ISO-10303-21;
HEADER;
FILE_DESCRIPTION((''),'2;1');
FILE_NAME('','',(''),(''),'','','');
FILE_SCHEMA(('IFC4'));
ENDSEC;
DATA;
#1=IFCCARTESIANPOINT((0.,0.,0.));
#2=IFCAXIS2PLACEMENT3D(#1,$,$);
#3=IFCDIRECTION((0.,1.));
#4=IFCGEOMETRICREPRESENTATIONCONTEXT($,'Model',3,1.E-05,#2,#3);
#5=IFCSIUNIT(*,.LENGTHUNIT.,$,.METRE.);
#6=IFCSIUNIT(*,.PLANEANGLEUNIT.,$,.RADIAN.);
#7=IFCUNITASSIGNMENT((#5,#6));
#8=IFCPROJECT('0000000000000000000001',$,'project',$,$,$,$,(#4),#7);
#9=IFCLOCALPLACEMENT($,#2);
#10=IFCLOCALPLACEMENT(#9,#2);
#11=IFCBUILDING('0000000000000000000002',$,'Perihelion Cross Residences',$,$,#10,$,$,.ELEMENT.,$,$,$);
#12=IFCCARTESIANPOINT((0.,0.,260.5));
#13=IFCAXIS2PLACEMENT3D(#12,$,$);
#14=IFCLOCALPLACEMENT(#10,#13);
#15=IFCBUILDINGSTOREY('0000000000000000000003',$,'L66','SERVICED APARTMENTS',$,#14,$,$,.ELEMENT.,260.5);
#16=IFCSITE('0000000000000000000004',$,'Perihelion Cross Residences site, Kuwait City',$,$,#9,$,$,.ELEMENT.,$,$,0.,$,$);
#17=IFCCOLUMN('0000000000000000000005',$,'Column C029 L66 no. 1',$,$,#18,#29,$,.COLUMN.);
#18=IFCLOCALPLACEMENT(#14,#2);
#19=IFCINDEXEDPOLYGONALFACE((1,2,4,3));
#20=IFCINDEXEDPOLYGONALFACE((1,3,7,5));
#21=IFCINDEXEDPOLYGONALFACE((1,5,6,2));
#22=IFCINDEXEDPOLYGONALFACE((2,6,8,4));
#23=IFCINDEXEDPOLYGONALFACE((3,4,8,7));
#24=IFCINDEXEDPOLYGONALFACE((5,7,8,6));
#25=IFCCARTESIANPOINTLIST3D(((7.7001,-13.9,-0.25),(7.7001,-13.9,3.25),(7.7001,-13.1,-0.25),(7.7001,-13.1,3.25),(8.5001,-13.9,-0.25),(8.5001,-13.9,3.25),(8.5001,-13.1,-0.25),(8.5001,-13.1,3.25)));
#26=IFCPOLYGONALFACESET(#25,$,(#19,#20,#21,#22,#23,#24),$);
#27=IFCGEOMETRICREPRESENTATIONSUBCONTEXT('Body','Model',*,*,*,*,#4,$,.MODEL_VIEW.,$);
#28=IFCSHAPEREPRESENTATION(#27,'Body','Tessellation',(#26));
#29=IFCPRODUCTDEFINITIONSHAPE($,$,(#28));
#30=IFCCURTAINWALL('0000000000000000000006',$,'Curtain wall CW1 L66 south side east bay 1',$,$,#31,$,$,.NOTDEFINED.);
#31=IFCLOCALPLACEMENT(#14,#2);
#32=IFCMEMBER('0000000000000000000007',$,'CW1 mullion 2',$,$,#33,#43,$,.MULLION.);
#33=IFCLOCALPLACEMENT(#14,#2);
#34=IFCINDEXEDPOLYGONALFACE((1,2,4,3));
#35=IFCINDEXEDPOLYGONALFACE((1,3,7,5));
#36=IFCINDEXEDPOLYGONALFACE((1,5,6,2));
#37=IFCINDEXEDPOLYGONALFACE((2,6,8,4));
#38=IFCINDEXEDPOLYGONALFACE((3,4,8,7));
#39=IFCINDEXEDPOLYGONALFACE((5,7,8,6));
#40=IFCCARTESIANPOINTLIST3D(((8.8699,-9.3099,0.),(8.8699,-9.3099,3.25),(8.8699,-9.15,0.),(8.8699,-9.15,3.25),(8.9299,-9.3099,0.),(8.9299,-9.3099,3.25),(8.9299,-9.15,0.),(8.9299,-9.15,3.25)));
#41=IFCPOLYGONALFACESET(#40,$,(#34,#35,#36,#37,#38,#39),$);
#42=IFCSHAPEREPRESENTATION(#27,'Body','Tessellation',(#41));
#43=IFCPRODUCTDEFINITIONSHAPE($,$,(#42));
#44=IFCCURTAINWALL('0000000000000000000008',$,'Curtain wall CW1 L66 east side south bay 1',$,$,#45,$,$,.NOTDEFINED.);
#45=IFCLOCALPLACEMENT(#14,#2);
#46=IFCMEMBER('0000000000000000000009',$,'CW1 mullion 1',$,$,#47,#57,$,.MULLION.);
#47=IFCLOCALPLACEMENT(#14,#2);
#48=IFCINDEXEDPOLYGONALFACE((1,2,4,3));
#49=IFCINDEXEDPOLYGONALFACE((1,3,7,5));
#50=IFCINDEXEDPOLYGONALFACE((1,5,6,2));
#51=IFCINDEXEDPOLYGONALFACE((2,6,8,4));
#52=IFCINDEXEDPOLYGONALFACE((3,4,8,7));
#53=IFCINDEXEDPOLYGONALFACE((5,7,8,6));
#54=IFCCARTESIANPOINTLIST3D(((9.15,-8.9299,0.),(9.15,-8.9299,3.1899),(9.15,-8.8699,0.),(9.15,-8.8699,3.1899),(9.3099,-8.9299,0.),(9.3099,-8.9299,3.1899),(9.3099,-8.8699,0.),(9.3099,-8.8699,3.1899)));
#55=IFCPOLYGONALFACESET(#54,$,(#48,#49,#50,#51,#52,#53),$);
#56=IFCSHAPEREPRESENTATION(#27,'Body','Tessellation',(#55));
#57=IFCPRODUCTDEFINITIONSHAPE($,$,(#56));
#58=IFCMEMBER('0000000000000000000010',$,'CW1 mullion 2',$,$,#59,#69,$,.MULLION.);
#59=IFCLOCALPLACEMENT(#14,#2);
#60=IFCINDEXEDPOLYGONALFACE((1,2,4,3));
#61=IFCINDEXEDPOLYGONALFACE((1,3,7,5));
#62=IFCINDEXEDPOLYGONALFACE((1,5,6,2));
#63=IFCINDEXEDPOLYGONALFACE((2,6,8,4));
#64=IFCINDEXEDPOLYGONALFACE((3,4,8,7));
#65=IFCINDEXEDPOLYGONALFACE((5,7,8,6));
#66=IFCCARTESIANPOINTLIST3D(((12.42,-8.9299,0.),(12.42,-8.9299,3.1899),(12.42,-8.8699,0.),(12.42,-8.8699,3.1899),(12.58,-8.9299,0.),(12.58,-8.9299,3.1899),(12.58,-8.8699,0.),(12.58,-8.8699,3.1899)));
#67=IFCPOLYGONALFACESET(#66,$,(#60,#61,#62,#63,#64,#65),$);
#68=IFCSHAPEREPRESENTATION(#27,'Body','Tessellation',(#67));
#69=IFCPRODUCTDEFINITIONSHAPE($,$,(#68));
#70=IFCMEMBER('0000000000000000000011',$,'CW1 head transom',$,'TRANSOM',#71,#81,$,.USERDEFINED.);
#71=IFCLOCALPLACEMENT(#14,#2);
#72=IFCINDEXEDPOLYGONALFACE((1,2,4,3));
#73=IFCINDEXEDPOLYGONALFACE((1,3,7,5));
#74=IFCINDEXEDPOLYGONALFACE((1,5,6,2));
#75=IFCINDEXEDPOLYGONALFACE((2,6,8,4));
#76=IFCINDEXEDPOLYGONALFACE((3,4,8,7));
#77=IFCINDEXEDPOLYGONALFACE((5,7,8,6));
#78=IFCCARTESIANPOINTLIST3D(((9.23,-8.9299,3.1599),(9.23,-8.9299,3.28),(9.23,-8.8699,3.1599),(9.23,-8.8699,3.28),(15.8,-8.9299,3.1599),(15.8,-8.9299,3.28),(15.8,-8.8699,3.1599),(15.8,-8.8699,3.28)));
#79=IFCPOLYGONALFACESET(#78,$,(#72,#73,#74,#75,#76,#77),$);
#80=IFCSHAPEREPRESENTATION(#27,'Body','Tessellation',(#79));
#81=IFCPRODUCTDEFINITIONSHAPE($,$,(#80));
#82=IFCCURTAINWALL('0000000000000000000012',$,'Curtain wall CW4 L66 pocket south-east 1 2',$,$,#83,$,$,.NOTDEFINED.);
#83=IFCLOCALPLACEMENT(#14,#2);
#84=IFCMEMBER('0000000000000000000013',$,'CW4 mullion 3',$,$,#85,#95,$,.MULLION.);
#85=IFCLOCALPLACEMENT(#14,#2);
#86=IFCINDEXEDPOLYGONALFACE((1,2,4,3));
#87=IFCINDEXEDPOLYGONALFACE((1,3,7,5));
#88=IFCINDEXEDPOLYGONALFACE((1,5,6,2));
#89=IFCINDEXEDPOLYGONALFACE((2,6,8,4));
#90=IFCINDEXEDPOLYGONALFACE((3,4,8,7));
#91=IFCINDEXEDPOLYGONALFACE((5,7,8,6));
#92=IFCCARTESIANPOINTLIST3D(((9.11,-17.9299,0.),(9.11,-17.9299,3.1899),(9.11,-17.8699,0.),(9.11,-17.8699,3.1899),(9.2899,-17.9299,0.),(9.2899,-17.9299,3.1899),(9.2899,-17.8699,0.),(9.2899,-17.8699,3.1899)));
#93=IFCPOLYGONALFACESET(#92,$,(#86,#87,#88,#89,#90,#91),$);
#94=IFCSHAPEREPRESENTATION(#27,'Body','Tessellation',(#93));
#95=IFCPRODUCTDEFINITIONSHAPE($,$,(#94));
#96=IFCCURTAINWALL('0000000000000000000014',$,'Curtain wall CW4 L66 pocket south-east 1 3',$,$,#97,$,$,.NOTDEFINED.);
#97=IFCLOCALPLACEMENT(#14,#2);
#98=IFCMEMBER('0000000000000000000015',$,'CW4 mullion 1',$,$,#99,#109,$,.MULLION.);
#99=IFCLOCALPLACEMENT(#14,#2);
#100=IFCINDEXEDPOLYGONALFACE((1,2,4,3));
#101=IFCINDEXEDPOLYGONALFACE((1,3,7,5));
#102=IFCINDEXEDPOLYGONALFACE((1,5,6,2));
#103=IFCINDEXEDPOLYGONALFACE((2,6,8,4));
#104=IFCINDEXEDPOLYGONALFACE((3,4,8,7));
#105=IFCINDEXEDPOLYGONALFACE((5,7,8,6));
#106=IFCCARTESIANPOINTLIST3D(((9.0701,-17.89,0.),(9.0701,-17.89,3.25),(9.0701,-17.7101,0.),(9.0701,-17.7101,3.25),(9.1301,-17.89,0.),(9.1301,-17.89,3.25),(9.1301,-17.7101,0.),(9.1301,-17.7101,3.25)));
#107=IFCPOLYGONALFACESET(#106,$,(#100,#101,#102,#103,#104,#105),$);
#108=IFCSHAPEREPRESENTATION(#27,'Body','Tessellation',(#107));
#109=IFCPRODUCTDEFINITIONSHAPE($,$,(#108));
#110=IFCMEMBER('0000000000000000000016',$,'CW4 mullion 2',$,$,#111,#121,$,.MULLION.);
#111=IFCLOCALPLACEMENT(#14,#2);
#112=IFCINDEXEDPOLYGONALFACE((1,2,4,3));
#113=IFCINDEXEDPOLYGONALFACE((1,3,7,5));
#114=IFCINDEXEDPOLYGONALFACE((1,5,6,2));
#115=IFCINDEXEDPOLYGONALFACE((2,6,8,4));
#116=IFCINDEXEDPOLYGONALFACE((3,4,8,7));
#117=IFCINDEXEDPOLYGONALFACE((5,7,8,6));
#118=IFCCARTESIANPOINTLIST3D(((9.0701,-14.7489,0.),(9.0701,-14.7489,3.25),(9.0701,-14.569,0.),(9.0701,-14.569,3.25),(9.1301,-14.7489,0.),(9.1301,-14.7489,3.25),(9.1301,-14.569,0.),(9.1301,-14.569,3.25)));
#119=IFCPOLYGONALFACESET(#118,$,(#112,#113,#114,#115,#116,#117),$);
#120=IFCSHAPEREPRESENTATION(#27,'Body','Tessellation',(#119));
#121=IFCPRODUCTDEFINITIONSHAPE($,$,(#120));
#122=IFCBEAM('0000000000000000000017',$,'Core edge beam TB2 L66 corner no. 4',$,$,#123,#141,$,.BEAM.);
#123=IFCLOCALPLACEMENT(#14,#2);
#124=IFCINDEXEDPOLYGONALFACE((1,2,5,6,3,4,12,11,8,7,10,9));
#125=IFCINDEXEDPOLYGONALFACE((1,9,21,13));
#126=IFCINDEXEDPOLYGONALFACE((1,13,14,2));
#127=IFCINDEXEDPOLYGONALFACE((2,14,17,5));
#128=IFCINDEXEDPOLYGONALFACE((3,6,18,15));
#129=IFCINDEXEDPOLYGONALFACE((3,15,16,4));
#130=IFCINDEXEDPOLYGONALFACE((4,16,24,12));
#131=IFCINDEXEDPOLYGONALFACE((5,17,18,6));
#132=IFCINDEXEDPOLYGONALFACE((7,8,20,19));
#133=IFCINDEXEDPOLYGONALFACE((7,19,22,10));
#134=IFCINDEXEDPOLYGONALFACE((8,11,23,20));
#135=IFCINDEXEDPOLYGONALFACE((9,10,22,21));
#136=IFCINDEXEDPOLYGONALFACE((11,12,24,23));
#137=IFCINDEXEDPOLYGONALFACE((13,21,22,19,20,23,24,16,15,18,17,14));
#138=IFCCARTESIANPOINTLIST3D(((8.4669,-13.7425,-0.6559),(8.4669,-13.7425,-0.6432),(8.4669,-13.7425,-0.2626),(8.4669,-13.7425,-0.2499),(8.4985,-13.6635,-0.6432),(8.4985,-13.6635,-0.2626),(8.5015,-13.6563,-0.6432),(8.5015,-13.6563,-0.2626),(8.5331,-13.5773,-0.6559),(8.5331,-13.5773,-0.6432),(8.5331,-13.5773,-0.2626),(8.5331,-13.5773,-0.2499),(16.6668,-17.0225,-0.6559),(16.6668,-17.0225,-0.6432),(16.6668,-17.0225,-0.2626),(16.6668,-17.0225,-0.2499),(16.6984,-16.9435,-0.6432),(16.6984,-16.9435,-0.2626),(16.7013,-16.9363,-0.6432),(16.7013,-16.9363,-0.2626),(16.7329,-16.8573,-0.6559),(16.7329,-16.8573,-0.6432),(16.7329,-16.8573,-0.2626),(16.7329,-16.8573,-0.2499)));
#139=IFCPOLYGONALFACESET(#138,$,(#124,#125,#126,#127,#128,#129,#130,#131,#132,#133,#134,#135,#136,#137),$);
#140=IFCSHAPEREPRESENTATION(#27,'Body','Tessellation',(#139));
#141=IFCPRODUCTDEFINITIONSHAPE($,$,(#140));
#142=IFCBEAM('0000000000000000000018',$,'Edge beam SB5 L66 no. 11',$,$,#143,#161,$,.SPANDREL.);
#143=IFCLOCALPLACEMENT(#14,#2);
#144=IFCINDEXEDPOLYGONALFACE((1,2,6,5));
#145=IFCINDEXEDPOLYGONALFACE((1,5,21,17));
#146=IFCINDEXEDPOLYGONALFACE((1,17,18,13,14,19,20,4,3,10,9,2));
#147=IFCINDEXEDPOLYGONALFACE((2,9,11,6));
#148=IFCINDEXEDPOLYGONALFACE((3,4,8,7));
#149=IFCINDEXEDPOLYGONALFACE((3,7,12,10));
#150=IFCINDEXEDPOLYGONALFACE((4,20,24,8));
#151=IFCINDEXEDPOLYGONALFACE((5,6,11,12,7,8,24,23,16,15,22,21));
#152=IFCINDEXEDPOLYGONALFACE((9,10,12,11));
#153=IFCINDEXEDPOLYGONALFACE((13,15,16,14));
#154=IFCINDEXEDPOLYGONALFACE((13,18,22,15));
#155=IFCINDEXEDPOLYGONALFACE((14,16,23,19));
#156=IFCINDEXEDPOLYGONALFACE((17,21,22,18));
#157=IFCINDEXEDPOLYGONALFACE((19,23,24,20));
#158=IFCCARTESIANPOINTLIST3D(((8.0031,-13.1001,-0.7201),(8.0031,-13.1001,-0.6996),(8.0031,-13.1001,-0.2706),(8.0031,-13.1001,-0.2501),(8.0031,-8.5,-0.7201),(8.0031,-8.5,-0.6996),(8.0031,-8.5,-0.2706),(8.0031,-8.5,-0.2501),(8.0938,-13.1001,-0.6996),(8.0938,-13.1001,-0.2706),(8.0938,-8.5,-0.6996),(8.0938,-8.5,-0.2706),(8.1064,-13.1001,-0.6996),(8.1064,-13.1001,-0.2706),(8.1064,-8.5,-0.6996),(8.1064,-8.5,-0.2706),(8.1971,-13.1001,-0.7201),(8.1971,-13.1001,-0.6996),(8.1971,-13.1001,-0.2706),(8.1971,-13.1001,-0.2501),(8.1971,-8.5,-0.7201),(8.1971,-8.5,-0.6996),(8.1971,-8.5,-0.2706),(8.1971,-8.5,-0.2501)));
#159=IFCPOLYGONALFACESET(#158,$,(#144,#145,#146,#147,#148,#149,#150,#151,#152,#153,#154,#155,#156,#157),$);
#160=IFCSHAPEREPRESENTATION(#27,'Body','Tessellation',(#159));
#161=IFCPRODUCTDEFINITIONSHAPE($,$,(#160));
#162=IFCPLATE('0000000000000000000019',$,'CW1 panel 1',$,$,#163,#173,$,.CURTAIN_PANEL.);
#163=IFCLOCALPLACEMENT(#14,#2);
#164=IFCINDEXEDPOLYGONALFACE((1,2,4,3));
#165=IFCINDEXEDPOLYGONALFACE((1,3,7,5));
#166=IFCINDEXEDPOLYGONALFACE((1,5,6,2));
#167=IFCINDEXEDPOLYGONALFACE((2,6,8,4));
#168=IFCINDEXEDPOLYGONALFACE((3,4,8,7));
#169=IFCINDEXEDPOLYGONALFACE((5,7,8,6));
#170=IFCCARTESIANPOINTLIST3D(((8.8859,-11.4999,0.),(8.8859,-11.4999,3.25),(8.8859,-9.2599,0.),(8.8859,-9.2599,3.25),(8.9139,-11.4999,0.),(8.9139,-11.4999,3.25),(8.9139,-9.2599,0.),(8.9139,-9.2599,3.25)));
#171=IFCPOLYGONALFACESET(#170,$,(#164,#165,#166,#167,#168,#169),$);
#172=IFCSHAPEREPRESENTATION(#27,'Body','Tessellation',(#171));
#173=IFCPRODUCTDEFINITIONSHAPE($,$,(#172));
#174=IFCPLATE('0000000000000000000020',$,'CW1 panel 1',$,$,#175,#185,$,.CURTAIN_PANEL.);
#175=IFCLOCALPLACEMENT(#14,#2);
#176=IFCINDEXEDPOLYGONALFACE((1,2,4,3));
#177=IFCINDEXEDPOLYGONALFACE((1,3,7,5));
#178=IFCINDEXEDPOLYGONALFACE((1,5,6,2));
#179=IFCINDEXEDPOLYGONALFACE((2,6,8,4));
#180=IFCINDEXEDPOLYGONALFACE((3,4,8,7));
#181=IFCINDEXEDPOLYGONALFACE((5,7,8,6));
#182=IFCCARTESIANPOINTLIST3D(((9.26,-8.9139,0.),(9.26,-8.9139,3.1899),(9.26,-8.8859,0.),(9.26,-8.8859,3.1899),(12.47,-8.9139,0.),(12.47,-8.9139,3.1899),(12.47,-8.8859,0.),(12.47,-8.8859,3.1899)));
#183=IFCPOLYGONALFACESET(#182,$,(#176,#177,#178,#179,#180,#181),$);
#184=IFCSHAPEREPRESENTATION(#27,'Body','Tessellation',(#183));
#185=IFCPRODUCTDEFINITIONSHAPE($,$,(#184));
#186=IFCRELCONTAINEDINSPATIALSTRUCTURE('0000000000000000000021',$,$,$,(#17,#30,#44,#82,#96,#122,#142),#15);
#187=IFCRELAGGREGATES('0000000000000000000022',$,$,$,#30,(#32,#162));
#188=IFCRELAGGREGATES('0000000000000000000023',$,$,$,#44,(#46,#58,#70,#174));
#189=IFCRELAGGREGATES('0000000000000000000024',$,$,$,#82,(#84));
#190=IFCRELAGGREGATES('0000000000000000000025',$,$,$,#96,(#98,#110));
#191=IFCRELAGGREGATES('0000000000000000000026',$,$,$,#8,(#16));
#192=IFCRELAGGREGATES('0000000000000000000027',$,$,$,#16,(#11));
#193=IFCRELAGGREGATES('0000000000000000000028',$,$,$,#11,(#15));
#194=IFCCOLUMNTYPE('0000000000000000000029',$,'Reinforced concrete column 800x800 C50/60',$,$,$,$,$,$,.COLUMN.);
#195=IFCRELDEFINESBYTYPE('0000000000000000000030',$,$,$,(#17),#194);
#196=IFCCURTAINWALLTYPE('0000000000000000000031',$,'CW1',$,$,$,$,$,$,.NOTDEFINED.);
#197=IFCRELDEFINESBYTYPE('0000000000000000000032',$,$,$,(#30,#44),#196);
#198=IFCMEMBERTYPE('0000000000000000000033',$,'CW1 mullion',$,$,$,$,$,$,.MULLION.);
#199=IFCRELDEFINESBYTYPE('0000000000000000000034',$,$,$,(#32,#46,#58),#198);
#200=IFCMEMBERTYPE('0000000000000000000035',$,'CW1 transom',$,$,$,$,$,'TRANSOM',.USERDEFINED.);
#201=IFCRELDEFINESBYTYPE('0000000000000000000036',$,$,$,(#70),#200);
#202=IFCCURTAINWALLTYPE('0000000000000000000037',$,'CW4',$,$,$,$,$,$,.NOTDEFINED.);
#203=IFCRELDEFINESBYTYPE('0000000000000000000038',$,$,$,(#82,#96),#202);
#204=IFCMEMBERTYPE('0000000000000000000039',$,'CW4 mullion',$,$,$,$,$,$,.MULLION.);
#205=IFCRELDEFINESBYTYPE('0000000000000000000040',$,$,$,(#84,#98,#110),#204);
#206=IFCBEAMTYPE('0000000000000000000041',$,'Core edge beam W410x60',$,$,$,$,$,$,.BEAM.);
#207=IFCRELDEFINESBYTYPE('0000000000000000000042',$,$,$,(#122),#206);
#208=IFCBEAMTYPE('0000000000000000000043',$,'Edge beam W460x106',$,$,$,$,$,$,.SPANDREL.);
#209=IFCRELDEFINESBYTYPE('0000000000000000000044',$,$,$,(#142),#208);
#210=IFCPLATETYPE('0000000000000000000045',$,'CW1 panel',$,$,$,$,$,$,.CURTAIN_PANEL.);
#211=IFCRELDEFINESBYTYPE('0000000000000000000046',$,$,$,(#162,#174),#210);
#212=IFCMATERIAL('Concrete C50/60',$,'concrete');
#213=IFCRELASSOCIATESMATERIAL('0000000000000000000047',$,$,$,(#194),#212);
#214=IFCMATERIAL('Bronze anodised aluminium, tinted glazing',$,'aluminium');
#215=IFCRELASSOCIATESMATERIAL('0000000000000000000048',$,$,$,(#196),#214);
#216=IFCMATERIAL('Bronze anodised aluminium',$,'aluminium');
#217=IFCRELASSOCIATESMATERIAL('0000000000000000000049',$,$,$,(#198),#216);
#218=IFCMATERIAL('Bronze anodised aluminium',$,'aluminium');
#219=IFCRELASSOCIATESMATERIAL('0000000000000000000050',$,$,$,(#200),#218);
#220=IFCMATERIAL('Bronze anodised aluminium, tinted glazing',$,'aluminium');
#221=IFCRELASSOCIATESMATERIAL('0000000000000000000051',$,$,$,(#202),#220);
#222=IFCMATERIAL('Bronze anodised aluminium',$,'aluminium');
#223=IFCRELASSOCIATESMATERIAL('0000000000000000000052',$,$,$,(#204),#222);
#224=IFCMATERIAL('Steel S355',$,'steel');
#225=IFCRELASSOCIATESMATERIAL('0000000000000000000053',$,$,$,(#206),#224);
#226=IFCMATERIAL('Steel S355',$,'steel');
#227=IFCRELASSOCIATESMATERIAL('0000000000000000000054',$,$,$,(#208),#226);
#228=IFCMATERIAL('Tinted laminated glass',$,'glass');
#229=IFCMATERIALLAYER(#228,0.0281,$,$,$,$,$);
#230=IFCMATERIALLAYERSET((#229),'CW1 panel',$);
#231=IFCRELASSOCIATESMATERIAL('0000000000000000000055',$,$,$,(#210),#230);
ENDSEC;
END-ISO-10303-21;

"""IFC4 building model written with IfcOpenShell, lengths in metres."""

from ifc_helpers import new_model, si_unit, direction, frame, origin, origin_2d, place, context, subcontext, project, spatial, rectangle, i_section, extrude, material, layer, layer_set, material_profile, profile_set, type_object, element, aggregate, save


model = new_model("IFC4")

# Units and contexts
model_context = context("Model", 3, precision=1e-05, world=origin(), true_north=direction((0.0, 1.0)))
body_context = subcontext(model_context, "Body", "Model", "MODEL_VIEW")
ifc_project = project(units=[si_unit("LENGTHUNIT", "METRE"), si_unit("PLANEANGLEUNIT", "RADIAN")], contexts=[model_context])

# Site, building, storey
site_placement = place(None, origin())
site = spatial("IfcSite", under=ifc_project, at=site_placement, Name="Perihelion Cross Residences site, Kuwait City", CompositionType="ELEMENT", RefElevation=0.0)
building_placement = place(site_placement, origin())
building = spatial("IfcBuilding", under=site, at=building_placement, Name="Perihelion Cross Residences", CompositionType="ELEMENT")
storey_placement = place(building_placement, frame((0.0, 0.0, 260.5)))
storey = spatial("IfcBuildingStorey", under=building, at=storey_placement, Name="L66", Description="SERVICED APARTMENTS", CompositionType="ELEMENT", Elevation=260.5)

# Column
ifc_material_1 = material(Name="Concrete C50/60", Category="concrete")
ifc_material_profile_1 = material_profile(ifc_material_1, rectangle(XDim=0.8, YDim=0.8, at=origin_2d()), Name="RC 800x800")
ifc_profile_set_1 = profile_set([ifc_material_profile_1], Name="Concrete C50/60")
column_type = type_object("IfcColumnType", Name="Reinforced concrete column 800x800 C50/60", PredefinedType="COLUMN", material=ifc_profile_set_1)
column_placement = place(storey_placement, frame((8.1001, -13.5, -0.25), z_axis=(0.0, 0.0, 1.0), x_axis=(1.0, 0.0, 0.0)))
element("IfcColumn", 1, at=column_placement, inside=storey, type_object=column_type, Name="Column C029 L66 no. 1", PredefinedType="COLUMN", context=body_context, shape_type="SweptSolid", body=[
    extrude(rectangle(XDim=0.8, YDim=0.8, at=origin_2d()), origin(), (0.0, 0.0, 1.0), 3.5),
])

# Curtain wall, member
ifc_material_2 = material(Name="Bronze anodised aluminium, tinted glazing", Category="aluminium")
curtain_wall_type_1 = type_object("IfcCurtainWallType", Name="CW1", PredefinedType="NOTDEFINED", material=ifc_material_2)
curtain_wall_1_placement = place(storey_placement, origin())
curtain_wall_1 = element("IfcCurtainWall", 2, at=curtain_wall_1_placement, inside=storey, type_object=curtain_wall_type_1, Name="Curtain wall CW1 L66 south side east bay 1", PredefinedType="NOTDEFINED")
ifc_material_3 = material(Name="Bronze anodised aluminium", Category="aluminium")
ifc_material_profile_2 = material_profile(ifc_material_3, rectangle(XDim=0.0601, YDim=0.1599, at=origin_2d()), Name="CW1 mullion")
ifc_profile_set_2 = profile_set([ifc_material_profile_2], Name="Bronze anodised aluminium")
member_type_1 = type_object("IfcMemberType", Name="CW1 mullion", PredefinedType="MULLION", material=ifc_profile_set_2)
member_1_placement = place(storey_placement, frame((8.8999, -9.23, 0.0), z_axis=(0.0, 0.0, 1.0), x_axis=(-1.0, 0.0, 0.0)))
member_1 = element("IfcMember", 3, at=member_1_placement, type_object=member_type_1, Name="CW1 mullion 2", PredefinedType="MULLION", context=body_context, shape_type="SweptSolid", body=[
    extrude(rectangle(XDim=0.0601, YDim=0.1599, at=origin_2d()), origin(), (0.0, 0.0, 1.0), 3.25),
])

# Curtain wall, members
curtain_wall_2_placement = place(storey_placement, origin())
curtain_wall_2 = element("IfcCurtainWall", 4, at=curtain_wall_2_placement, inside=storey, type_object=curtain_wall_type_1, Name="Curtain wall CW1 L66 east side south bay 1", PredefinedType="NOTDEFINED")
member_2_placement = place(storey_placement, frame((9.23, -8.8999, 0.0), z_axis=(0.0, 0.0, 1.0), x_axis=(0.0, 1.0, 0.0)))
member_2 = element("IfcMember", 5, at=member_2_placement, type_object=member_type_1, Name="CW1 mullion 1", PredefinedType="MULLION", context=body_context, shape_type="SweptSolid", body=[
    extrude(rectangle(XDim=0.0601, YDim=0.1599, at=origin_2d()), origin(), (0.0, 0.0, 1.0), 3.1899),
])
member_3_placement = place(storey_placement, frame((12.5, -8.8999, 0.0), z_axis=(0.0, 0.0, 1.0), x_axis=(0.0, 1.0, 0.0)))
member_3 = element("IfcMember", 6, at=member_3_placement, type_object=member_type_1, Name="CW1 mullion 2", PredefinedType="MULLION", context=body_context, shape_type="SweptSolid", body=[
    extrude(rectangle(XDim=0.0601, YDim=0.1599, at=origin_2d()), origin(), (0.0, 0.0, 1.0), 3.1899),
])
ifc_material_4 = material(Name="Bronze anodised aluminium", Category="aluminium")
ifc_material_profile_3 = material_profile(ifc_material_4, rectangle(XDim=0.0601, YDim=0.1201, at=origin_2d()), Name="CW1 transom")
ifc_profile_set_3 = profile_set([ifc_material_profile_3], Name="Bronze anodised aluminium")
member_type_2 = type_object("IfcMemberType", Name="CW1 transom", ElementType="TRANSOM", PredefinedType="USERDEFINED", material=ifc_profile_set_3)
member_4_placement = place(storey_placement, frame((9.23, -8.8999, 3.22), z_axis=(1.0, 0.0, 0.0), x_axis=(0.0, 1.0, 0.0)))
member_4 = element("IfcMember", 7, at=member_4_placement, type_object=member_type_2, Name="CW1 head transom", ObjectType="TRANSOM", PredefinedType="USERDEFINED", context=body_context, shape_type="SweptSolid", body=[
    extrude(rectangle(XDim=0.0601, YDim=0.1201, at=origin_2d()), origin(), (0.0, 0.0, 1.0), 6.5701),
])

# Curtain wall, member
ifc_material_5 = material(Name="Bronze anodised aluminium, tinted glazing", Category="aluminium")
curtain_wall_type_2 = type_object("IfcCurtainWallType", Name="CW4", PredefinedType="NOTDEFINED", material=ifc_material_5)
curtain_wall_3_placement = place(storey_placement, origin())
curtain_wall_3 = element("IfcCurtainWall", 8, at=curtain_wall_3_placement, inside=storey, type_object=curtain_wall_type_2, Name="Curtain wall CW4 L66 pocket south-east 1 2", PredefinedType="NOTDEFINED")
ifc_material_6 = material(Name="Bronze anodised aluminium", Category="aluminium")
ifc_material_profile_4 = material_profile(ifc_material_6, rectangle(XDim=0.0601, YDim=0.1799, at=origin_2d()), Name="CW4 mullion")
ifc_profile_set_4 = profile_set([ifc_material_profile_4], Name="Bronze anodised aluminium")
member_type_3 = type_object("IfcMemberType", Name="CW4 mullion", PredefinedType="MULLION", material=ifc_profile_set_4)
member_5_placement = place(storey_placement, frame((9.2, -17.8999, 0.0), z_axis=(0.0, 0.0, 1.0), x_axis=(0.0, -1.0, 0.0)))
member_5 = element("IfcMember", 9, at=member_5_placement, type_object=member_type_3, Name="CW4 mullion 3", PredefinedType="MULLION", context=body_context, shape_type="SweptSolid", body=[
    extrude(rectangle(XDim=0.0601, YDim=0.1799, at=origin_2d()), origin(), (0.0, 0.0, 1.0), 3.1899),
])

# Curtain wall, members
curtain_wall_4_placement = place(storey_placement, origin())
curtain_wall_4 = element("IfcCurtainWall", 10, at=curtain_wall_4_placement, inside=storey, type_object=curtain_wall_type_2, Name="Curtain wall CW4 L66 pocket south-east 1 3", PredefinedType="NOTDEFINED")
member_6_placement = place(storey_placement, frame((9.1001, -17.8, 0.0), z_axis=(0.0, 0.0, 1.0), x_axis=(-1.0, 0.0, 0.0)))
member_6 = element("IfcMember", 11, at=member_6_placement, type_object=member_type_3, Name="CW4 mullion 1", PredefinedType="MULLION", context=body_context, shape_type="SweptSolid", body=[
    extrude(rectangle(XDim=0.0601, YDim=0.1799, at=origin_2d()), origin(), (0.0, 0.0, 1.0), 3.25),
])
member_7_placement = place(storey_placement, frame((9.1001, -14.6589, 0.0), z_axis=(0.0, 0.0, 1.0), x_axis=(-1.0, 0.0, 0.0)))
member_7 = element("IfcMember", 12, at=member_7_placement, type_object=member_type_3, Name="CW4 mullion 2", PredefinedType="MULLION", context=body_context, shape_type="SweptSolid", body=[
    extrude(rectangle(XDim=0.0601, YDim=0.1799, at=origin_2d()), origin(), (0.0, 0.0, 1.0), 3.25),
])

# Beams
ifc_material_7 = material(Name="Steel S355", Category="steel")
ifc_material_profile_5 = material_profile(ifc_material_7, i_section(OverallWidth=0.178, OverallDepth=0.406, WebThickness=0.0078, FlangeThickness=0.0127, at=origin_2d()), Name="W410x60")
ifc_profile_set_5 = profile_set([ifc_material_profile_5], Name="Steel S355")
beam_type_1 = type_object("IfcBeamType", Name="Core edge beam W410x60", PredefinedType="BEAM", material=ifc_profile_set_5)
beam_1_placement = place(storey_placement, frame((8.5, -13.6599, -0.4529), z_axis=(0.928475, -0.371395, 0.0), x_axis=(0.371395, 0.928475, 0.0)))
element("IfcBeam", 13, at=beam_1_placement, inside=storey, type_object=beam_type_1, Name="Core edge beam TB2 L66 corner no. 4", PredefinedType="BEAM", context=body_context, shape_type="SweptSolid", body=[
    extrude(i_section(OverallWidth=0.178, OverallDepth=0.406, WebThickness=0.0078, FlangeThickness=0.0127, at=origin_2d()), origin(), (0.0, 0.0, 1.0), 8.8315),
])
ifc_material_8 = material(Name="Steel S355", Category="steel")
ifc_material_profile_6 = material_profile(ifc_material_8, i_section(OverallWidth=0.1941, OverallDepth=0.47, WebThickness=0.0127, FlangeThickness=0.0205, at=origin_2d()), Name="W460x106")
ifc_profile_set_6 = profile_set([ifc_material_profile_6], Name="Steel S355")
beam_type_2 = type_object("IfcBeamType", Name="Edge beam W460x106", PredefinedType="SPANDREL", material=ifc_profile_set_6)
beam_2_placement = place(storey_placement, frame((8.1001, -13.1001, -0.4851), z_axis=(0.0, 1.0, 0.0), x_axis=(-1.0, 0.0, 0.0)))
element("IfcBeam", 14, at=beam_2_placement, inside=storey, type_object=beam_type_2, Name="Edge beam SB5 L66 no. 11", PredefinedType="SPANDREL", context=body_context, shape_type="SweptSolid", body=[
    extrude(i_section(OverallWidth=0.1941, OverallDepth=0.47, WebThickness=0.0127, FlangeThickness=0.0205, at=origin_2d()), origin(), (0.0, 0.0, 1.0), 4.6001),
])

# Plates
ifc_material_9 = material(Name="Tinted laminated glass", Category="glass")
ifc_layer_1 = layer(ifc_material_9, 0.0281)
ifc_layer_set_1 = layer_set([ifc_layer_1], Name="CW1 panel")
plate_type_1 = type_object("IfcPlateType", Name="CW1 panel", PredefinedType="CURTAIN_PANEL", material=ifc_layer_set_1)
plate_1_placement = place(storey_placement, frame((8.8999, -10.3799, 0.0), z_axis=(0.0, 0.0, 1.0), x_axis=(0.0, 1.0, 0.0)))
plate_1 = element("IfcPlate", 15, at=plate_1_placement, type_object=plate_type_1, Name="CW1 panel 1", PredefinedType="CURTAIN_PANEL", context=body_context, shape_type="SweptSolid", body=[
    extrude(rectangle(XDim=2.24, YDim=0.0281, at=origin_2d()), origin(), (0.0, 0.0, 1.0), 3.25),
])
aggregate(curtain_wall_1, [member_1, plate_1])
plate_2_placement = place(storey_placement, frame((10.865, -8.8999, 0.0), z_axis=(0.0, 0.0, 1.0), x_axis=(1.0, 0.0, 0.0)))
plate_2 = element("IfcPlate", 16, at=plate_2_placement, type_object=plate_type_1, Name="CW1 panel 1", PredefinedType="CURTAIN_PANEL", context=body_context, shape_type="SweptSolid", body=[
    extrude(rectangle(XDim=3.21, YDim=0.0281, at=origin_2d()), origin(), (0.0, 0.0, 1.0), 3.1899),
])
aggregate(curtain_wall_2, [member_2, member_3, member_4, plate_2])
aggregate(curtain_wall_3, [member_5])
aggregate(curtain_wall_4, [member_6, member_7])

save(model, "model.ifc")
